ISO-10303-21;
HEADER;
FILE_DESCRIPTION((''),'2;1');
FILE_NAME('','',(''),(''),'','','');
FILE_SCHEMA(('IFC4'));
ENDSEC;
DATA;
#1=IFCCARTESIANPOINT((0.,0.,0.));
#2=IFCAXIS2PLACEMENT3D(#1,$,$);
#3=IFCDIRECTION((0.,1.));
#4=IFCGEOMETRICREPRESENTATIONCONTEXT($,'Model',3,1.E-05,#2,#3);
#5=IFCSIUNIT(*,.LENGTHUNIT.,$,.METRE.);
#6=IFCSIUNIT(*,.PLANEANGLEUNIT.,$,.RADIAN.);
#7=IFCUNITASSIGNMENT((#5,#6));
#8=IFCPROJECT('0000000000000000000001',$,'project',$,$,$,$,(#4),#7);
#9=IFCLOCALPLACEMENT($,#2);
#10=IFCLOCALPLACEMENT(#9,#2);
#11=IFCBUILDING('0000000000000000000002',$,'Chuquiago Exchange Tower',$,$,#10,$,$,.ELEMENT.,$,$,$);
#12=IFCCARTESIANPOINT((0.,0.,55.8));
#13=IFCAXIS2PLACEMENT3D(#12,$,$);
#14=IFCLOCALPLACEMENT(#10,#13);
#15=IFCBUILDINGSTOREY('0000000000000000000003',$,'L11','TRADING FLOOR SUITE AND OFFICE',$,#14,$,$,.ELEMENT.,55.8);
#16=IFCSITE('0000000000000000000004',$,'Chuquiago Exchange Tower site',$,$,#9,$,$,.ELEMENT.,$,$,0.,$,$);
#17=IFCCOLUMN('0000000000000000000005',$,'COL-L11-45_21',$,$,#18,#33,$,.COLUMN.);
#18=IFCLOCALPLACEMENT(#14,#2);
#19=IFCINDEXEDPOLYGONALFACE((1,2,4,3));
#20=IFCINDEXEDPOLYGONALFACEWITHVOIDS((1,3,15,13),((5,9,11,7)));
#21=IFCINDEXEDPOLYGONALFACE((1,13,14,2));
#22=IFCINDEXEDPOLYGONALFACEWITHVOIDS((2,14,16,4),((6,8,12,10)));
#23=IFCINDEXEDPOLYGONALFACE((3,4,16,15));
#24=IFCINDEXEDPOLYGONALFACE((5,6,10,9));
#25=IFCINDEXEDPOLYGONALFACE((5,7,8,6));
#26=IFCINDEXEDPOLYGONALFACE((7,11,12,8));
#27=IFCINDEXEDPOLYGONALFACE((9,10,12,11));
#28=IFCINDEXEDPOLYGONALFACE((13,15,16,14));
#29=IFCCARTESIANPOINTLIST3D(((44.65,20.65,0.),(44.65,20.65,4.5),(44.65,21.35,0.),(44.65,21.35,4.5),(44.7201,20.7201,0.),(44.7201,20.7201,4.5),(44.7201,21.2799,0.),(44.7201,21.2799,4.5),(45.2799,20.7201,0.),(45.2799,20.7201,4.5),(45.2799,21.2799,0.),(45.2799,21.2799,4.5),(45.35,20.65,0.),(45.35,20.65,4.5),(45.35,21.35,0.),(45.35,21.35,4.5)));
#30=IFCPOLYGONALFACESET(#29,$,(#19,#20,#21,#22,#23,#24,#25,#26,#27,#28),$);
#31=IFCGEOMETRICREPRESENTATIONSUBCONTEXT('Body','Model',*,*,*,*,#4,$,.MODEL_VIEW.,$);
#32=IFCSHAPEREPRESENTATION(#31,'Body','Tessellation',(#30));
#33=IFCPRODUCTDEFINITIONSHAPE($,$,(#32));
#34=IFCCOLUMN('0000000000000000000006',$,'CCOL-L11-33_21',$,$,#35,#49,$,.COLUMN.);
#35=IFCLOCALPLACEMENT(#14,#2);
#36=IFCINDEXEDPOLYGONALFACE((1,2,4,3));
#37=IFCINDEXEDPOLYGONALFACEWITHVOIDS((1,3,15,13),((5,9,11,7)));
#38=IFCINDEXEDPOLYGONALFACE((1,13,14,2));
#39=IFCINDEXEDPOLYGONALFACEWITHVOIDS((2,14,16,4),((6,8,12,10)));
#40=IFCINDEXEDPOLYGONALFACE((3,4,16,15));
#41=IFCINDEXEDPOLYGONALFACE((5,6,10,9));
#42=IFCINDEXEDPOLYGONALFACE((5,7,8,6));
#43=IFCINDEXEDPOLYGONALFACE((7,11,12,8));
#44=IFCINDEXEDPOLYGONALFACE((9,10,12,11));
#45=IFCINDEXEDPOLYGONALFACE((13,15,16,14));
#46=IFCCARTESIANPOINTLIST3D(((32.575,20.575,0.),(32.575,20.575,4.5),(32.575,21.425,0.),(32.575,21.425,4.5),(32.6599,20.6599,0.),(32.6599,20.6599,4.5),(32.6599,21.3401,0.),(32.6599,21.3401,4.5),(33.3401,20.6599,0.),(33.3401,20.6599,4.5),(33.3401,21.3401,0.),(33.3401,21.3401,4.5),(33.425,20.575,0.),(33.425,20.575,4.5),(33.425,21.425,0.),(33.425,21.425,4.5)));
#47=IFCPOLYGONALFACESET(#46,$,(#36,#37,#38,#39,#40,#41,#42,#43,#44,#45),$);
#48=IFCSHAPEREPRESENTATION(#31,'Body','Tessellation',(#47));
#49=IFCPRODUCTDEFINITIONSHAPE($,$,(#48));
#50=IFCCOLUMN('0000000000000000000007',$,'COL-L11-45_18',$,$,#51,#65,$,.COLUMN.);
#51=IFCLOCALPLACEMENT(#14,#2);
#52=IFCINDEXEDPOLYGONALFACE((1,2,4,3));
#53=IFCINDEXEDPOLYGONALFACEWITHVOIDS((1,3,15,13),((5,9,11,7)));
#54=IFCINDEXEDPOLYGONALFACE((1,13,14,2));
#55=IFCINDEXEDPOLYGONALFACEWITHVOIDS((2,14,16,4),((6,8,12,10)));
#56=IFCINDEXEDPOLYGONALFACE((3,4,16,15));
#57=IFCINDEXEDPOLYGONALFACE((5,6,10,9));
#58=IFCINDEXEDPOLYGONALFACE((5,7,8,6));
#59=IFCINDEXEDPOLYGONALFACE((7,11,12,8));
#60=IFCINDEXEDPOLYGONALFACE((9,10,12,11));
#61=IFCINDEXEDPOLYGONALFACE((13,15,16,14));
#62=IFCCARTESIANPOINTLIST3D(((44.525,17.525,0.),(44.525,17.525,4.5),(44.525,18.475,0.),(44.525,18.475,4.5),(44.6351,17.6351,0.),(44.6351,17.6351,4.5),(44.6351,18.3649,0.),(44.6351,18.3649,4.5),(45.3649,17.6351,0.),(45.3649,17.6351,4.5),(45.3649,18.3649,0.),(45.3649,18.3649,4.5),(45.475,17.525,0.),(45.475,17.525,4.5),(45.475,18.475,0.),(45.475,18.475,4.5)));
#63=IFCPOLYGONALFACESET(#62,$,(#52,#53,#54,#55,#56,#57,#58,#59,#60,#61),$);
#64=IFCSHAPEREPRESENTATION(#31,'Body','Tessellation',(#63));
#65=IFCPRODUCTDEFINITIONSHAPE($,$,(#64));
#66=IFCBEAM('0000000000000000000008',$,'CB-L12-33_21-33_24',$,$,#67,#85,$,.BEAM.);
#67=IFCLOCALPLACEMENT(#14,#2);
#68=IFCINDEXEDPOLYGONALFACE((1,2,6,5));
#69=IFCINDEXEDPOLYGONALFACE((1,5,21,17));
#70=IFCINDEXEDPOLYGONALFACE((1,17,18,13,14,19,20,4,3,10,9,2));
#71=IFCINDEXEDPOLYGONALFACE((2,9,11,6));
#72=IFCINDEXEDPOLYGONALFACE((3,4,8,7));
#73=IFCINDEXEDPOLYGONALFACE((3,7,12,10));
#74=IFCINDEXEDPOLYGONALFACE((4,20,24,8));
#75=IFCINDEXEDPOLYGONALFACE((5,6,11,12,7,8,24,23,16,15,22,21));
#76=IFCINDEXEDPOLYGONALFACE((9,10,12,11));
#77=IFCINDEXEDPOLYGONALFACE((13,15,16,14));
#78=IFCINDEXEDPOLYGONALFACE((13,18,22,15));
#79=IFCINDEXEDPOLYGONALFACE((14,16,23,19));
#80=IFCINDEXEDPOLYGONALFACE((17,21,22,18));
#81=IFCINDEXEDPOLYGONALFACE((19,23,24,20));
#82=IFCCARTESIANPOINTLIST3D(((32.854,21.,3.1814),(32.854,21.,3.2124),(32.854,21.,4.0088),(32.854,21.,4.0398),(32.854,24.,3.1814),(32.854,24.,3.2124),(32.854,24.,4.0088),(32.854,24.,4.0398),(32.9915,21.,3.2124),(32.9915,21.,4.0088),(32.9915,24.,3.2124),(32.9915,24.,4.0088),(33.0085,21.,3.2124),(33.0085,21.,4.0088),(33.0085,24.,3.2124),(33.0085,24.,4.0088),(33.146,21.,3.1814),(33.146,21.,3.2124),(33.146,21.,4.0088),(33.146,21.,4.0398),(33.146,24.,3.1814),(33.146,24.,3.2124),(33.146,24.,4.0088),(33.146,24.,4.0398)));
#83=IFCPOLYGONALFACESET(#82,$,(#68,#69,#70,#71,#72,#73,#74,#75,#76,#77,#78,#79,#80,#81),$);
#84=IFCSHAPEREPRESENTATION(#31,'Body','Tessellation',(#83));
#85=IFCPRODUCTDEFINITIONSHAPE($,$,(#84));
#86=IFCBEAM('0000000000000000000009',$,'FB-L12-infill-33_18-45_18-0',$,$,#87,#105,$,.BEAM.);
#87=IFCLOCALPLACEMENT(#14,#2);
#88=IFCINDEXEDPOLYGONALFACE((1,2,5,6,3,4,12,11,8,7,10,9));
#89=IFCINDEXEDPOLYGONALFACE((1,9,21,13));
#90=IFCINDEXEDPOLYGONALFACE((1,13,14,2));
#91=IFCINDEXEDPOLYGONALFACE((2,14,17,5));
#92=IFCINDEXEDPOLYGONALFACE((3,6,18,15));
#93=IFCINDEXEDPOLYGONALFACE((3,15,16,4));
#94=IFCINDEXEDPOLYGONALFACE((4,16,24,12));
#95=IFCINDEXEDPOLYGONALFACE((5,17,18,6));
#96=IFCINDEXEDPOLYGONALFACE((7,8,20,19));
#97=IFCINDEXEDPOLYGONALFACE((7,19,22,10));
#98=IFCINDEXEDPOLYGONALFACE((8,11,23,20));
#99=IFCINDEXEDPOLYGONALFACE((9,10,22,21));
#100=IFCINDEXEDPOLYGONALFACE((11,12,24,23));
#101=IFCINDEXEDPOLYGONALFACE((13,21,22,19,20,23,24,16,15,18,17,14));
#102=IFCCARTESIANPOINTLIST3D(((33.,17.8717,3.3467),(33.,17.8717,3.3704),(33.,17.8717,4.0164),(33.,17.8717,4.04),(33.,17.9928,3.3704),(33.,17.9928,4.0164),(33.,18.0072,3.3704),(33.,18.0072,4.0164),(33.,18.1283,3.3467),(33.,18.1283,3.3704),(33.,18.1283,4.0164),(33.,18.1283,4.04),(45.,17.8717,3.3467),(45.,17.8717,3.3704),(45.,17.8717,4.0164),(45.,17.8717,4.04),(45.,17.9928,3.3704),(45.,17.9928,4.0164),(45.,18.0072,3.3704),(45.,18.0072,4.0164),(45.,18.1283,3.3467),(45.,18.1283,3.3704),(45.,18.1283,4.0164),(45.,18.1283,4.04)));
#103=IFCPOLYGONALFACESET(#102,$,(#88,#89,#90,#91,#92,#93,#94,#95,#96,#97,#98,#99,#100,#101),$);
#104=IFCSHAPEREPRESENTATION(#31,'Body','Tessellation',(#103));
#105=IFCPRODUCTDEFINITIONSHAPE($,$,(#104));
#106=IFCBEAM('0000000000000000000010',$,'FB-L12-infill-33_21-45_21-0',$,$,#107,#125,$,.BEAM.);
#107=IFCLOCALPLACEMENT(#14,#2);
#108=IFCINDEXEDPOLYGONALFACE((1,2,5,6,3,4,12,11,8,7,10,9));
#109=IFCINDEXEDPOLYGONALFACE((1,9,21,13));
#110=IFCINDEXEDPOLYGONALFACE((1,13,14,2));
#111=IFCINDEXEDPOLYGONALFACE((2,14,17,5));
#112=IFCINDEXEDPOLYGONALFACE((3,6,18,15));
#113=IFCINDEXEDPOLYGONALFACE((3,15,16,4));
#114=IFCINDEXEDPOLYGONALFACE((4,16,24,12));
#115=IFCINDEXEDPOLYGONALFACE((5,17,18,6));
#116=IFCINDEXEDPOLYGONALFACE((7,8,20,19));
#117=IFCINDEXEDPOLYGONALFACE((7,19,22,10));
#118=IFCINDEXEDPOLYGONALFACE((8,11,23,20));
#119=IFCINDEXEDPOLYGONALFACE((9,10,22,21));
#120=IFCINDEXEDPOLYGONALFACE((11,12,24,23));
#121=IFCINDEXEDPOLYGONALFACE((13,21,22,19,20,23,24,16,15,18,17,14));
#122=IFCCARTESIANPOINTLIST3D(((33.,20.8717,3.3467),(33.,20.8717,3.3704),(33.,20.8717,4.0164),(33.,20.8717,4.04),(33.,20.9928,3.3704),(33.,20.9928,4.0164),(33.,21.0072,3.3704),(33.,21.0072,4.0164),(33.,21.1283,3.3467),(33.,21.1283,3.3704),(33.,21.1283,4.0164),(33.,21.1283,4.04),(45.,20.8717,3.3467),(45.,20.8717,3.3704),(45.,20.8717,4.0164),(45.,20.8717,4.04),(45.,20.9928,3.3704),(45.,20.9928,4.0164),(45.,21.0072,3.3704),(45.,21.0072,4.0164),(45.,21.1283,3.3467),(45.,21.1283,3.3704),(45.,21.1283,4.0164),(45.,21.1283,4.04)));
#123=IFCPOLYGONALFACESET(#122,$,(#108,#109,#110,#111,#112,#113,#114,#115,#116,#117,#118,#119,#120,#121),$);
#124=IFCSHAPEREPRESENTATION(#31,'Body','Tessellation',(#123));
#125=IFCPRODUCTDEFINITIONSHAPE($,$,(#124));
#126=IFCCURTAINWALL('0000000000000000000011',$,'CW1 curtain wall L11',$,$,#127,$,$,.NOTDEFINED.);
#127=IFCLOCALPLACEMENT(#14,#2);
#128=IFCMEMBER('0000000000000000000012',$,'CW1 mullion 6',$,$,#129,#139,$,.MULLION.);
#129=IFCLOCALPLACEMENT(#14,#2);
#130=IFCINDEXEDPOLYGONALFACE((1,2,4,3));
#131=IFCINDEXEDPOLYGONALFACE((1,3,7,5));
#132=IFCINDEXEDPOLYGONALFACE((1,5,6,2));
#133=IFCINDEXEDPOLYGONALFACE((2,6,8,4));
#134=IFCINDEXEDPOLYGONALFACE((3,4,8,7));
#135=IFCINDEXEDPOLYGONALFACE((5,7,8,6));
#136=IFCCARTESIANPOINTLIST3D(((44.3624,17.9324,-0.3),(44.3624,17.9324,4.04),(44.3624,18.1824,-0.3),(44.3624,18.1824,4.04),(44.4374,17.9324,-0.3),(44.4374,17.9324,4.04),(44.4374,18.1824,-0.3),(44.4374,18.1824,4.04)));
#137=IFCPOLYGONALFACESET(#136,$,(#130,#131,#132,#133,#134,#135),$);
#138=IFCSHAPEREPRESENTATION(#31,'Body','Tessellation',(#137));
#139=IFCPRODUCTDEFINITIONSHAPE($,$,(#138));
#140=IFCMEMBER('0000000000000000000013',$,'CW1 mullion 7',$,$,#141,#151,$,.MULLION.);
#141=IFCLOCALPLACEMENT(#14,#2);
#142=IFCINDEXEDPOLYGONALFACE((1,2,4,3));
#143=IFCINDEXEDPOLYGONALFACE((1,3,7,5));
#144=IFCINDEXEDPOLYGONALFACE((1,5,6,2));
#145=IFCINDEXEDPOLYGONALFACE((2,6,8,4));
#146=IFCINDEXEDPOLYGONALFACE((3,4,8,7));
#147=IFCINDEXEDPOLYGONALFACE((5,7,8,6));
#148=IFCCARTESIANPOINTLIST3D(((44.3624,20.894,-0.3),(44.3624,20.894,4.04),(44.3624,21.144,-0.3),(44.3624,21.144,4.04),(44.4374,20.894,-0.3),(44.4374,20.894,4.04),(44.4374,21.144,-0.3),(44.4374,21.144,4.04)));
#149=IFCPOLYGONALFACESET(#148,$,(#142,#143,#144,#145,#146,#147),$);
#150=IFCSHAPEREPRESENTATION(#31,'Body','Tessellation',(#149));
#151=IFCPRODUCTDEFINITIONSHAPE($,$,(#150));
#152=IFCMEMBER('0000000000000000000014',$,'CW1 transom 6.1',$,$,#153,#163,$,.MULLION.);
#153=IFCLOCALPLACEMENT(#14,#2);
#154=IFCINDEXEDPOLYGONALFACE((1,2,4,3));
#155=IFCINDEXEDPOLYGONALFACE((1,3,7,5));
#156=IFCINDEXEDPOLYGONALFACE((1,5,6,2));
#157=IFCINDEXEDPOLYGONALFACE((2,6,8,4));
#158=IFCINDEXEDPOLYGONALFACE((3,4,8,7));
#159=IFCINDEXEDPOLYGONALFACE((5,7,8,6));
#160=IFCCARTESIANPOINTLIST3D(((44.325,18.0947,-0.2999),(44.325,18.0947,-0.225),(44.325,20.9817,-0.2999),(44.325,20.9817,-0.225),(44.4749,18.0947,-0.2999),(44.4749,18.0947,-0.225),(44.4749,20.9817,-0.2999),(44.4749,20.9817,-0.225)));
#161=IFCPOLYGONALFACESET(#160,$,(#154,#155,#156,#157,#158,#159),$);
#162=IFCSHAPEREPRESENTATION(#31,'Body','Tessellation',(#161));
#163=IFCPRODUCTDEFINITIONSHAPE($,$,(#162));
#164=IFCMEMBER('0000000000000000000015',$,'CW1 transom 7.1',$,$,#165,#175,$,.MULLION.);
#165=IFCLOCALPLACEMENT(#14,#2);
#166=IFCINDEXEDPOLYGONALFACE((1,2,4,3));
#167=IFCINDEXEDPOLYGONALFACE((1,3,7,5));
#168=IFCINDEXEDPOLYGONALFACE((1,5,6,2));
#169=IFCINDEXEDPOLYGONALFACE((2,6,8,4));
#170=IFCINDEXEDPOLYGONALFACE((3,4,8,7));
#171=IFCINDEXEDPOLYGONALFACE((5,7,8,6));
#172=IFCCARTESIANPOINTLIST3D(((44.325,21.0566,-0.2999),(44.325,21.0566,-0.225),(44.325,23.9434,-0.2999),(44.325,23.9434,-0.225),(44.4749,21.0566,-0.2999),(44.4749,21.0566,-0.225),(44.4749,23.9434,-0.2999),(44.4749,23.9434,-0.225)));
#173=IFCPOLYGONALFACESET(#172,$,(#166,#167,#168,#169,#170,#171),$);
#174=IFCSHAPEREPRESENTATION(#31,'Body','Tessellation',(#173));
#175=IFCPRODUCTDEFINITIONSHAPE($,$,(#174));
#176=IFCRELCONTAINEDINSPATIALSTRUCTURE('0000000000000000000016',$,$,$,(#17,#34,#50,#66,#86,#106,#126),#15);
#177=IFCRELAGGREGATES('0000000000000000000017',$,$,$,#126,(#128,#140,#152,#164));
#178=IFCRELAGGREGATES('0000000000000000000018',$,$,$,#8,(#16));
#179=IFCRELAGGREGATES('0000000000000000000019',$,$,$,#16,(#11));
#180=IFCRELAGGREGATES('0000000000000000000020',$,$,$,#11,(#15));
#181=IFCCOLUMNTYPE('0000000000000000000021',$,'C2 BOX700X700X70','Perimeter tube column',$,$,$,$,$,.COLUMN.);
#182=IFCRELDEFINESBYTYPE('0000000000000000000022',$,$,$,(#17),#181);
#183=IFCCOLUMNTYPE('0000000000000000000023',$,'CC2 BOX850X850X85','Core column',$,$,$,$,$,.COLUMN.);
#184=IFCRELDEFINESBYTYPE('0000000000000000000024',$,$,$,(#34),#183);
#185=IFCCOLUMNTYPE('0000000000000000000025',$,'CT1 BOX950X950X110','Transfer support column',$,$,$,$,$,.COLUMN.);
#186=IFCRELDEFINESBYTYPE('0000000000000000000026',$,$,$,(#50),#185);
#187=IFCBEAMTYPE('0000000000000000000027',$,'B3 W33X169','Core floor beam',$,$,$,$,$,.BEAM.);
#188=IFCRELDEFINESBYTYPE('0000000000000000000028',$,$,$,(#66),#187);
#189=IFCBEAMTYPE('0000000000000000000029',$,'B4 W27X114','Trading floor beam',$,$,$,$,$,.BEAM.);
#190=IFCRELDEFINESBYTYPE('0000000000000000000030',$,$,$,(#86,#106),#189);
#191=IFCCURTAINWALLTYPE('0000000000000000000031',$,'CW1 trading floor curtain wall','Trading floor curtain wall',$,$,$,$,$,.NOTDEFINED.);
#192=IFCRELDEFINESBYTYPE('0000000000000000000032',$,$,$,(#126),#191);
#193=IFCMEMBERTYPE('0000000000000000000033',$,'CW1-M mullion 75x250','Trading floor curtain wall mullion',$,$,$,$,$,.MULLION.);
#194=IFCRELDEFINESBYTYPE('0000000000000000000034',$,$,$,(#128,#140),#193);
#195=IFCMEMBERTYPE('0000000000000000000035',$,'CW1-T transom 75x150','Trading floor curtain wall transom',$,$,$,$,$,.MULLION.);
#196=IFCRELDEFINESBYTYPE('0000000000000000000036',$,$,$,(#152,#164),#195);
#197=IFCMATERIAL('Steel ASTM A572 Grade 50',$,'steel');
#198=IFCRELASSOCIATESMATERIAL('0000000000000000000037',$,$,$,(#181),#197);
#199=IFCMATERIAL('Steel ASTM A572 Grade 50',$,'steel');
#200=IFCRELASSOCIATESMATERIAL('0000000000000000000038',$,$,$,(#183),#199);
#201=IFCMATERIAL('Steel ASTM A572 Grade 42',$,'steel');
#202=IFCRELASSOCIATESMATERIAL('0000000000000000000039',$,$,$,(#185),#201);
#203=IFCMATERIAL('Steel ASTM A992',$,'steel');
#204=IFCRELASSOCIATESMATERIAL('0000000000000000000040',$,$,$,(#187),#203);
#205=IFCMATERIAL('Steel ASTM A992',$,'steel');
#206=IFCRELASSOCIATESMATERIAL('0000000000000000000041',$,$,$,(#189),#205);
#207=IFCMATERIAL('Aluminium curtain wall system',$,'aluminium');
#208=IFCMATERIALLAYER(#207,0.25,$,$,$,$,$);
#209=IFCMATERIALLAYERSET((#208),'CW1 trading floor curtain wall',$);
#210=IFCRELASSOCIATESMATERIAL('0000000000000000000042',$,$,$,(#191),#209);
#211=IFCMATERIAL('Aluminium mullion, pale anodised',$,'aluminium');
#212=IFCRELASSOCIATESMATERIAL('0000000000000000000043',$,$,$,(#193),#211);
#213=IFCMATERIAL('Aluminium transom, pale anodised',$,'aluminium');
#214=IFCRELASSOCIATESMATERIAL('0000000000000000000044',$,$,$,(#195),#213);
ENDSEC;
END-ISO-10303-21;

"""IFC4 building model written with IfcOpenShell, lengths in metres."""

from ifc_helpers import new_model, si_unit, direction, frame, origin, origin_2d, place, context, subcontext, project, spatial, rectangle, hollow_rectangle, i_section, extrude, material, layer, layer_set, material_profile, profile_set, type_object, element, aggregate, save


model = new_model("IFC4")

# Units and contexts
model_context = context("Model", 3, precision=1e-05, world=origin(), true_north=direction((0.0, 1.0)))
body_context = subcontext(model_context, "Body", "Model", "MODEL_VIEW")
ifc_project = project(units=[si_unit("LENGTHUNIT", "METRE"), si_unit("PLANEANGLEUNIT", "RADIAN")], contexts=[model_context])

# Site, building, storey
site_placement = place(None, origin())
site = spatial("IfcSite", under=ifc_project, at=site_placement, Name="Chuquiago Exchange Tower site", CompositionType="ELEMENT", RefElevation=0.0)
building_placement = place(site_placement, origin())
building = spatial("IfcBuilding", under=site, at=building_placement, Name="Chuquiago Exchange Tower", CompositionType="ELEMENT")
storey_placement = place(building_placement, frame((0.0, 0.0, 55.8)))
storey = spatial("IfcBuildingStorey", under=building, at=storey_placement, Name="L11", Description="TRADING FLOOR SUITE AND OFFICE", CompositionType="ELEMENT", Elevation=55.8)

# Columns
ifc_material_1 = material(Name="Steel ASTM A572 Grade 50", Category="steel")
ifc_material_profile_1 = material_profile(ifc_material_1, hollow_rectangle(XDim=0.7, YDim=0.7, WallThickness=0.0701, at=origin_2d()), Name="BOX700X700X70")
ifc_profile_set_1 = profile_set([ifc_material_profile_1], Name="Steel ASTM A572 Grade 50")
column_type_1 = type_object("IfcColumnType", Name="C2 BOX700X700X70", Description="Perimeter tube column", PredefinedType="COLUMN", material=ifc_profile_set_1)
column_1_placement = place(storey_placement, frame((45.0, 21.0, 0.0), z_axis=(0.0, 0.0, 1.0), x_axis=(1.0, 0.0, 0.0)))
element("IfcColumn", 1, at=column_1_placement, inside=storey, type_object=column_type_1, Name="COL-L11-45_21", PredefinedType="COLUMN", context=body_context, shape_type="SweptSolid", body=[
    extrude(hollow_rectangle(XDim=0.7, YDim=0.7, WallThickness=0.0701, at=origin_2d()), origin(), (0.0, 0.0, 1.0), 4.5),
])
ifc_material_2 = material(Name="Steel ASTM A572 Grade 50", Category="steel")
ifc_material_profile_2 = material_profile(ifc_material_2, hollow_rectangle(XDim=0.8501, YDim=0.8501, WallThickness=0.085, at=origin_2d()), Name="BOX850X850X85")
ifc_profile_set_2 = profile_set([ifc_material_profile_2], Name="Steel ASTM A572 Grade 50")
column_type_2 = type_object("IfcColumnType", Name="CC2 BOX850X850X85", Description="Core column", PredefinedType="COLUMN", material=ifc_profile_set_2)
column_2_placement = place(storey_placement, frame((33.0, 21.0, 0.0), z_axis=(0.0, 0.0, 1.0), x_axis=(1.0, 0.0, 0.0)))
element("IfcColumn", 2, at=column_2_placement, inside=storey, type_object=column_type_2, Name="CCOL-L11-33_21", PredefinedType="COLUMN", context=body_context, shape_type="SweptSolid", body=[
    extrude(hollow_rectangle(XDim=0.8501, YDim=0.8501, WallThickness=0.085, at=origin_2d()), origin(), (0.0, 0.0, 1.0), 4.5),
])
ifc_material_3 = material(Name="Steel ASTM A572 Grade 42", Category="steel")
ifc_material_profile_3 = material_profile(ifc_material_3, hollow_rectangle(XDim=0.95, YDim=0.95, WallThickness=0.1101, at=origin_2d()), Name="BOX950X950X110")
ifc_profile_set_3 = profile_set([ifc_material_profile_3], Name="Steel ASTM A572 Grade 42")
column_type_3 = type_object("IfcColumnType", Name="CT1 BOX950X950X110", Description="Transfer support column", PredefinedType="COLUMN", material=ifc_profile_set_3)
column_3_placement = place(storey_placement, frame((45.0, 18.0, 0.0), z_axis=(0.0, 0.0, 1.0), x_axis=(1.0, 0.0, 0.0)))
element("IfcColumn", 3, at=column_3_placement, inside=storey, type_object=column_type_3, Name="COL-L11-45_18", PredefinedType="COLUMN", context=body_context, shape_type="SweptSolid", body=[
    extrude(hollow_rectangle(XDim=0.95, YDim=0.95, WallThickness=0.1101, at=origin_2d()), origin(), (0.0, 0.0, 1.0), 4.5),
])

# Beams
ifc_material_4 = material(Name="Steel ASTM A992", Category="steel")
ifc_material_profile_4 = material_profile(ifc_material_4, i_section(OverallWidth=0.292, OverallDepth=0.8584, WebThickness=0.0171, FlangeThickness=0.031, at=origin_2d()), Name="W33X169")
ifc_profile_set_4 = profile_set([ifc_material_profile_4], Name="Steel ASTM A992")
beam_type_1 = type_object("IfcBeamType", Name="B3 W33X169", Description="Core floor beam", PredefinedType="BEAM", material=ifc_profile_set_4)
beam_placement = place(storey_placement, frame((33.0, 21.0, 3.6106), z_axis=(0.0, 1.0, 0.0), x_axis=(-1.0, 0.0, 0.0)))
element("IfcBeam", 4, at=beam_placement, inside=storey, type_object=beam_type_1, Name="CB-L12-33_21-33_24", PredefinedType="BEAM", context=body_context, shape_type="SweptSolid", body=[
    extrude(i_section(OverallWidth=0.292, OverallDepth=0.8584, WebThickness=0.0171, FlangeThickness=0.031, at=origin_2d()), origin(), (0.0, 0.0, 1.0), 3.0),
])
ifc_material_5 = material(Name="Steel ASTM A992", Category="steel")
ifc_material_profile_5 = material_profile(ifc_material_5, i_section(OverallWidth=0.2566, OverallDepth=0.6934, WebThickness=0.0144, FlangeThickness=0.0237, at=origin_2d()), Name="W27X114")
ifc_profile_set_5 = profile_set([ifc_material_profile_5], Name="Steel ASTM A992")
beam_type_2 = type_object("IfcBeamType", Name="B4 W27X114", Description="Trading floor beam", PredefinedType="BEAM", material=ifc_profile_set_5)
for number, where, z_axis, x_axis, name in (
    (5, (33.0, 18.0, 3.6934), (1.0, 0.0, 0.0), (0.0, 1.0, 0.0), "FB-L12-infill-33_18-45_18-0"),
    (6, (33.0, 21.0, 3.6934), (1.0, 0.0, 0.0), (0.0, 1.0, 0.0), "FB-L12-infill-33_21-45_21-0"),
):
    element("IfcBeam", number, at=place(storey_placement, frame(where, z_axis=z_axis, x_axis=x_axis)), inside=storey, type_object=beam_type_2, Name=name, PredefinedType="BEAM", context=body_context, shape_type="SweptSolid", body=[
        extrude(i_section(OverallWidth=0.2566, OverallDepth=0.6934, WebThickness=0.0144, FlangeThickness=0.0237, at=origin_2d()), origin(), (0.0, 0.0, 1.0), 12.0),
    ])

# Curtain wall, members
ifc_material_6 = material(Name="Aluminium curtain wall system", Category="aluminium")
ifc_layer_1 = layer(ifc_material_6, 0.25)
ifc_layer_set_1 = layer_set([ifc_layer_1], Name="CW1 trading floor curtain wall")
curtain_wall_type = type_object("IfcCurtainWallType", Name="CW1 trading floor curtain wall", Description="Trading floor curtain wall", PredefinedType="NOTDEFINED", material=ifc_layer_set_1)
curtain_wall_placement = place(storey_placement, origin())
curtain_wall = element("IfcCurtainWall", 7, at=curtain_wall_placement, inside=storey, type_object=curtain_wall_type, Name="CW1 curtain wall L11", PredefinedType="NOTDEFINED")
ifc_material_7 = material(Name="Aluminium mullion, pale anodised", Category="aluminium")
ifc_material_profile_6 = material_profile(ifc_material_7, rectangle(XDim=0.075, YDim=0.25, at=origin_2d()), Name="AL 75x250")
ifc_profile_set_6 = profile_set([ifc_material_profile_6], Name="Aluminium mullion, pale anodised")
member_type_1 = type_object("IfcMemberType", Name="CW1-M mullion 75x250", Description="Trading floor curtain wall mullion", PredefinedType="MULLION", material=ifc_profile_set_6)
member_1_placement = place(storey_placement, frame((44.3999, 18.0574, -0.3), z_axis=(0.0, 0.0, 1.0), x_axis=(-1.0, 0.0, 0.0)))
member_1 = element("IfcMember", 8, at=member_1_placement, type_object=member_type_1, Name="CW1 mullion 6", PredefinedType="MULLION", context=body_context, shape_type="SweptSolid", body=[
    extrude(rectangle(XDim=0.075, YDim=0.25, at=origin_2d()), origin(), (0.0, 0.0, 1.0), 4.3401),
])
member_2_placement = place(storey_placement, frame((44.3999, 21.019, -0.3), z_axis=(0.0, 0.0, 1.0), x_axis=(-1.0, 0.0, 0.0)))
member_2 = element("IfcMember", 9, at=member_2_placement, type_object=member_type_1, Name="CW1 mullion 7", PredefinedType="MULLION", context=body_context, shape_type="SweptSolid", body=[
    extrude(rectangle(XDim=0.075, YDim=0.25, at=origin_2d()), origin(), (0.0, 0.0, 1.0), 4.3401),
])
ifc_material_8 = material(Name="Aluminium transom, pale anodised", Category="aluminium")
ifc_material_profile_7 = material_profile(ifc_material_8, rectangle(XDim=0.1499, YDim=0.075, at=origin_2d()), Name="AL 150x75")
ifc_profile_set_7 = profile_set([ifc_material_profile_7], Name="Aluminium transom, pale anodised")
member_type_2 = type_object("IfcMemberType", Name="CW1-T transom 75x150", Description="Trading floor curtain wall transom", PredefinedType="MULLION", material=ifc_profile_set_7)
member_3_placement = place(storey_placement, frame((44.3999, 18.0947, -0.2625), z_axis=(0.0, 1.0, 0.0), x_axis=(-1.0, 0.0, 0.0)))
member_3 = element("IfcMember", 10, at=member_3_placement, type_object=member_type_2, Name="CW1 transom 6.1", PredefinedType="MULLION", context=body_context, shape_type="SweptSolid", body=[
    extrude(rectangle(XDim=0.1499, YDim=0.075, at=origin_2d()), origin(), (0.0, 0.0, 1.0), 2.887),
])
member_4_placement = place(storey_placement, frame((44.3999, 21.0566, -0.2625), z_axis=(0.0, 1.0, 0.0), x_axis=(-1.0, 0.0, 0.0)))
member_4 = element("IfcMember", 11, at=member_4_placement, type_object=member_type_2, Name="CW1 transom 7.1", PredefinedType="MULLION", context=body_context, shape_type="SweptSolid", body=[
    extrude(rectangle(XDim=0.1499, YDim=0.075, at=origin_2d()), origin(), (0.0, 0.0, 1.0), 2.8867),
])

aggregate(curtain_wall, [member_1, member_2, member_3, member_4])

save(model, "model.ifc")
